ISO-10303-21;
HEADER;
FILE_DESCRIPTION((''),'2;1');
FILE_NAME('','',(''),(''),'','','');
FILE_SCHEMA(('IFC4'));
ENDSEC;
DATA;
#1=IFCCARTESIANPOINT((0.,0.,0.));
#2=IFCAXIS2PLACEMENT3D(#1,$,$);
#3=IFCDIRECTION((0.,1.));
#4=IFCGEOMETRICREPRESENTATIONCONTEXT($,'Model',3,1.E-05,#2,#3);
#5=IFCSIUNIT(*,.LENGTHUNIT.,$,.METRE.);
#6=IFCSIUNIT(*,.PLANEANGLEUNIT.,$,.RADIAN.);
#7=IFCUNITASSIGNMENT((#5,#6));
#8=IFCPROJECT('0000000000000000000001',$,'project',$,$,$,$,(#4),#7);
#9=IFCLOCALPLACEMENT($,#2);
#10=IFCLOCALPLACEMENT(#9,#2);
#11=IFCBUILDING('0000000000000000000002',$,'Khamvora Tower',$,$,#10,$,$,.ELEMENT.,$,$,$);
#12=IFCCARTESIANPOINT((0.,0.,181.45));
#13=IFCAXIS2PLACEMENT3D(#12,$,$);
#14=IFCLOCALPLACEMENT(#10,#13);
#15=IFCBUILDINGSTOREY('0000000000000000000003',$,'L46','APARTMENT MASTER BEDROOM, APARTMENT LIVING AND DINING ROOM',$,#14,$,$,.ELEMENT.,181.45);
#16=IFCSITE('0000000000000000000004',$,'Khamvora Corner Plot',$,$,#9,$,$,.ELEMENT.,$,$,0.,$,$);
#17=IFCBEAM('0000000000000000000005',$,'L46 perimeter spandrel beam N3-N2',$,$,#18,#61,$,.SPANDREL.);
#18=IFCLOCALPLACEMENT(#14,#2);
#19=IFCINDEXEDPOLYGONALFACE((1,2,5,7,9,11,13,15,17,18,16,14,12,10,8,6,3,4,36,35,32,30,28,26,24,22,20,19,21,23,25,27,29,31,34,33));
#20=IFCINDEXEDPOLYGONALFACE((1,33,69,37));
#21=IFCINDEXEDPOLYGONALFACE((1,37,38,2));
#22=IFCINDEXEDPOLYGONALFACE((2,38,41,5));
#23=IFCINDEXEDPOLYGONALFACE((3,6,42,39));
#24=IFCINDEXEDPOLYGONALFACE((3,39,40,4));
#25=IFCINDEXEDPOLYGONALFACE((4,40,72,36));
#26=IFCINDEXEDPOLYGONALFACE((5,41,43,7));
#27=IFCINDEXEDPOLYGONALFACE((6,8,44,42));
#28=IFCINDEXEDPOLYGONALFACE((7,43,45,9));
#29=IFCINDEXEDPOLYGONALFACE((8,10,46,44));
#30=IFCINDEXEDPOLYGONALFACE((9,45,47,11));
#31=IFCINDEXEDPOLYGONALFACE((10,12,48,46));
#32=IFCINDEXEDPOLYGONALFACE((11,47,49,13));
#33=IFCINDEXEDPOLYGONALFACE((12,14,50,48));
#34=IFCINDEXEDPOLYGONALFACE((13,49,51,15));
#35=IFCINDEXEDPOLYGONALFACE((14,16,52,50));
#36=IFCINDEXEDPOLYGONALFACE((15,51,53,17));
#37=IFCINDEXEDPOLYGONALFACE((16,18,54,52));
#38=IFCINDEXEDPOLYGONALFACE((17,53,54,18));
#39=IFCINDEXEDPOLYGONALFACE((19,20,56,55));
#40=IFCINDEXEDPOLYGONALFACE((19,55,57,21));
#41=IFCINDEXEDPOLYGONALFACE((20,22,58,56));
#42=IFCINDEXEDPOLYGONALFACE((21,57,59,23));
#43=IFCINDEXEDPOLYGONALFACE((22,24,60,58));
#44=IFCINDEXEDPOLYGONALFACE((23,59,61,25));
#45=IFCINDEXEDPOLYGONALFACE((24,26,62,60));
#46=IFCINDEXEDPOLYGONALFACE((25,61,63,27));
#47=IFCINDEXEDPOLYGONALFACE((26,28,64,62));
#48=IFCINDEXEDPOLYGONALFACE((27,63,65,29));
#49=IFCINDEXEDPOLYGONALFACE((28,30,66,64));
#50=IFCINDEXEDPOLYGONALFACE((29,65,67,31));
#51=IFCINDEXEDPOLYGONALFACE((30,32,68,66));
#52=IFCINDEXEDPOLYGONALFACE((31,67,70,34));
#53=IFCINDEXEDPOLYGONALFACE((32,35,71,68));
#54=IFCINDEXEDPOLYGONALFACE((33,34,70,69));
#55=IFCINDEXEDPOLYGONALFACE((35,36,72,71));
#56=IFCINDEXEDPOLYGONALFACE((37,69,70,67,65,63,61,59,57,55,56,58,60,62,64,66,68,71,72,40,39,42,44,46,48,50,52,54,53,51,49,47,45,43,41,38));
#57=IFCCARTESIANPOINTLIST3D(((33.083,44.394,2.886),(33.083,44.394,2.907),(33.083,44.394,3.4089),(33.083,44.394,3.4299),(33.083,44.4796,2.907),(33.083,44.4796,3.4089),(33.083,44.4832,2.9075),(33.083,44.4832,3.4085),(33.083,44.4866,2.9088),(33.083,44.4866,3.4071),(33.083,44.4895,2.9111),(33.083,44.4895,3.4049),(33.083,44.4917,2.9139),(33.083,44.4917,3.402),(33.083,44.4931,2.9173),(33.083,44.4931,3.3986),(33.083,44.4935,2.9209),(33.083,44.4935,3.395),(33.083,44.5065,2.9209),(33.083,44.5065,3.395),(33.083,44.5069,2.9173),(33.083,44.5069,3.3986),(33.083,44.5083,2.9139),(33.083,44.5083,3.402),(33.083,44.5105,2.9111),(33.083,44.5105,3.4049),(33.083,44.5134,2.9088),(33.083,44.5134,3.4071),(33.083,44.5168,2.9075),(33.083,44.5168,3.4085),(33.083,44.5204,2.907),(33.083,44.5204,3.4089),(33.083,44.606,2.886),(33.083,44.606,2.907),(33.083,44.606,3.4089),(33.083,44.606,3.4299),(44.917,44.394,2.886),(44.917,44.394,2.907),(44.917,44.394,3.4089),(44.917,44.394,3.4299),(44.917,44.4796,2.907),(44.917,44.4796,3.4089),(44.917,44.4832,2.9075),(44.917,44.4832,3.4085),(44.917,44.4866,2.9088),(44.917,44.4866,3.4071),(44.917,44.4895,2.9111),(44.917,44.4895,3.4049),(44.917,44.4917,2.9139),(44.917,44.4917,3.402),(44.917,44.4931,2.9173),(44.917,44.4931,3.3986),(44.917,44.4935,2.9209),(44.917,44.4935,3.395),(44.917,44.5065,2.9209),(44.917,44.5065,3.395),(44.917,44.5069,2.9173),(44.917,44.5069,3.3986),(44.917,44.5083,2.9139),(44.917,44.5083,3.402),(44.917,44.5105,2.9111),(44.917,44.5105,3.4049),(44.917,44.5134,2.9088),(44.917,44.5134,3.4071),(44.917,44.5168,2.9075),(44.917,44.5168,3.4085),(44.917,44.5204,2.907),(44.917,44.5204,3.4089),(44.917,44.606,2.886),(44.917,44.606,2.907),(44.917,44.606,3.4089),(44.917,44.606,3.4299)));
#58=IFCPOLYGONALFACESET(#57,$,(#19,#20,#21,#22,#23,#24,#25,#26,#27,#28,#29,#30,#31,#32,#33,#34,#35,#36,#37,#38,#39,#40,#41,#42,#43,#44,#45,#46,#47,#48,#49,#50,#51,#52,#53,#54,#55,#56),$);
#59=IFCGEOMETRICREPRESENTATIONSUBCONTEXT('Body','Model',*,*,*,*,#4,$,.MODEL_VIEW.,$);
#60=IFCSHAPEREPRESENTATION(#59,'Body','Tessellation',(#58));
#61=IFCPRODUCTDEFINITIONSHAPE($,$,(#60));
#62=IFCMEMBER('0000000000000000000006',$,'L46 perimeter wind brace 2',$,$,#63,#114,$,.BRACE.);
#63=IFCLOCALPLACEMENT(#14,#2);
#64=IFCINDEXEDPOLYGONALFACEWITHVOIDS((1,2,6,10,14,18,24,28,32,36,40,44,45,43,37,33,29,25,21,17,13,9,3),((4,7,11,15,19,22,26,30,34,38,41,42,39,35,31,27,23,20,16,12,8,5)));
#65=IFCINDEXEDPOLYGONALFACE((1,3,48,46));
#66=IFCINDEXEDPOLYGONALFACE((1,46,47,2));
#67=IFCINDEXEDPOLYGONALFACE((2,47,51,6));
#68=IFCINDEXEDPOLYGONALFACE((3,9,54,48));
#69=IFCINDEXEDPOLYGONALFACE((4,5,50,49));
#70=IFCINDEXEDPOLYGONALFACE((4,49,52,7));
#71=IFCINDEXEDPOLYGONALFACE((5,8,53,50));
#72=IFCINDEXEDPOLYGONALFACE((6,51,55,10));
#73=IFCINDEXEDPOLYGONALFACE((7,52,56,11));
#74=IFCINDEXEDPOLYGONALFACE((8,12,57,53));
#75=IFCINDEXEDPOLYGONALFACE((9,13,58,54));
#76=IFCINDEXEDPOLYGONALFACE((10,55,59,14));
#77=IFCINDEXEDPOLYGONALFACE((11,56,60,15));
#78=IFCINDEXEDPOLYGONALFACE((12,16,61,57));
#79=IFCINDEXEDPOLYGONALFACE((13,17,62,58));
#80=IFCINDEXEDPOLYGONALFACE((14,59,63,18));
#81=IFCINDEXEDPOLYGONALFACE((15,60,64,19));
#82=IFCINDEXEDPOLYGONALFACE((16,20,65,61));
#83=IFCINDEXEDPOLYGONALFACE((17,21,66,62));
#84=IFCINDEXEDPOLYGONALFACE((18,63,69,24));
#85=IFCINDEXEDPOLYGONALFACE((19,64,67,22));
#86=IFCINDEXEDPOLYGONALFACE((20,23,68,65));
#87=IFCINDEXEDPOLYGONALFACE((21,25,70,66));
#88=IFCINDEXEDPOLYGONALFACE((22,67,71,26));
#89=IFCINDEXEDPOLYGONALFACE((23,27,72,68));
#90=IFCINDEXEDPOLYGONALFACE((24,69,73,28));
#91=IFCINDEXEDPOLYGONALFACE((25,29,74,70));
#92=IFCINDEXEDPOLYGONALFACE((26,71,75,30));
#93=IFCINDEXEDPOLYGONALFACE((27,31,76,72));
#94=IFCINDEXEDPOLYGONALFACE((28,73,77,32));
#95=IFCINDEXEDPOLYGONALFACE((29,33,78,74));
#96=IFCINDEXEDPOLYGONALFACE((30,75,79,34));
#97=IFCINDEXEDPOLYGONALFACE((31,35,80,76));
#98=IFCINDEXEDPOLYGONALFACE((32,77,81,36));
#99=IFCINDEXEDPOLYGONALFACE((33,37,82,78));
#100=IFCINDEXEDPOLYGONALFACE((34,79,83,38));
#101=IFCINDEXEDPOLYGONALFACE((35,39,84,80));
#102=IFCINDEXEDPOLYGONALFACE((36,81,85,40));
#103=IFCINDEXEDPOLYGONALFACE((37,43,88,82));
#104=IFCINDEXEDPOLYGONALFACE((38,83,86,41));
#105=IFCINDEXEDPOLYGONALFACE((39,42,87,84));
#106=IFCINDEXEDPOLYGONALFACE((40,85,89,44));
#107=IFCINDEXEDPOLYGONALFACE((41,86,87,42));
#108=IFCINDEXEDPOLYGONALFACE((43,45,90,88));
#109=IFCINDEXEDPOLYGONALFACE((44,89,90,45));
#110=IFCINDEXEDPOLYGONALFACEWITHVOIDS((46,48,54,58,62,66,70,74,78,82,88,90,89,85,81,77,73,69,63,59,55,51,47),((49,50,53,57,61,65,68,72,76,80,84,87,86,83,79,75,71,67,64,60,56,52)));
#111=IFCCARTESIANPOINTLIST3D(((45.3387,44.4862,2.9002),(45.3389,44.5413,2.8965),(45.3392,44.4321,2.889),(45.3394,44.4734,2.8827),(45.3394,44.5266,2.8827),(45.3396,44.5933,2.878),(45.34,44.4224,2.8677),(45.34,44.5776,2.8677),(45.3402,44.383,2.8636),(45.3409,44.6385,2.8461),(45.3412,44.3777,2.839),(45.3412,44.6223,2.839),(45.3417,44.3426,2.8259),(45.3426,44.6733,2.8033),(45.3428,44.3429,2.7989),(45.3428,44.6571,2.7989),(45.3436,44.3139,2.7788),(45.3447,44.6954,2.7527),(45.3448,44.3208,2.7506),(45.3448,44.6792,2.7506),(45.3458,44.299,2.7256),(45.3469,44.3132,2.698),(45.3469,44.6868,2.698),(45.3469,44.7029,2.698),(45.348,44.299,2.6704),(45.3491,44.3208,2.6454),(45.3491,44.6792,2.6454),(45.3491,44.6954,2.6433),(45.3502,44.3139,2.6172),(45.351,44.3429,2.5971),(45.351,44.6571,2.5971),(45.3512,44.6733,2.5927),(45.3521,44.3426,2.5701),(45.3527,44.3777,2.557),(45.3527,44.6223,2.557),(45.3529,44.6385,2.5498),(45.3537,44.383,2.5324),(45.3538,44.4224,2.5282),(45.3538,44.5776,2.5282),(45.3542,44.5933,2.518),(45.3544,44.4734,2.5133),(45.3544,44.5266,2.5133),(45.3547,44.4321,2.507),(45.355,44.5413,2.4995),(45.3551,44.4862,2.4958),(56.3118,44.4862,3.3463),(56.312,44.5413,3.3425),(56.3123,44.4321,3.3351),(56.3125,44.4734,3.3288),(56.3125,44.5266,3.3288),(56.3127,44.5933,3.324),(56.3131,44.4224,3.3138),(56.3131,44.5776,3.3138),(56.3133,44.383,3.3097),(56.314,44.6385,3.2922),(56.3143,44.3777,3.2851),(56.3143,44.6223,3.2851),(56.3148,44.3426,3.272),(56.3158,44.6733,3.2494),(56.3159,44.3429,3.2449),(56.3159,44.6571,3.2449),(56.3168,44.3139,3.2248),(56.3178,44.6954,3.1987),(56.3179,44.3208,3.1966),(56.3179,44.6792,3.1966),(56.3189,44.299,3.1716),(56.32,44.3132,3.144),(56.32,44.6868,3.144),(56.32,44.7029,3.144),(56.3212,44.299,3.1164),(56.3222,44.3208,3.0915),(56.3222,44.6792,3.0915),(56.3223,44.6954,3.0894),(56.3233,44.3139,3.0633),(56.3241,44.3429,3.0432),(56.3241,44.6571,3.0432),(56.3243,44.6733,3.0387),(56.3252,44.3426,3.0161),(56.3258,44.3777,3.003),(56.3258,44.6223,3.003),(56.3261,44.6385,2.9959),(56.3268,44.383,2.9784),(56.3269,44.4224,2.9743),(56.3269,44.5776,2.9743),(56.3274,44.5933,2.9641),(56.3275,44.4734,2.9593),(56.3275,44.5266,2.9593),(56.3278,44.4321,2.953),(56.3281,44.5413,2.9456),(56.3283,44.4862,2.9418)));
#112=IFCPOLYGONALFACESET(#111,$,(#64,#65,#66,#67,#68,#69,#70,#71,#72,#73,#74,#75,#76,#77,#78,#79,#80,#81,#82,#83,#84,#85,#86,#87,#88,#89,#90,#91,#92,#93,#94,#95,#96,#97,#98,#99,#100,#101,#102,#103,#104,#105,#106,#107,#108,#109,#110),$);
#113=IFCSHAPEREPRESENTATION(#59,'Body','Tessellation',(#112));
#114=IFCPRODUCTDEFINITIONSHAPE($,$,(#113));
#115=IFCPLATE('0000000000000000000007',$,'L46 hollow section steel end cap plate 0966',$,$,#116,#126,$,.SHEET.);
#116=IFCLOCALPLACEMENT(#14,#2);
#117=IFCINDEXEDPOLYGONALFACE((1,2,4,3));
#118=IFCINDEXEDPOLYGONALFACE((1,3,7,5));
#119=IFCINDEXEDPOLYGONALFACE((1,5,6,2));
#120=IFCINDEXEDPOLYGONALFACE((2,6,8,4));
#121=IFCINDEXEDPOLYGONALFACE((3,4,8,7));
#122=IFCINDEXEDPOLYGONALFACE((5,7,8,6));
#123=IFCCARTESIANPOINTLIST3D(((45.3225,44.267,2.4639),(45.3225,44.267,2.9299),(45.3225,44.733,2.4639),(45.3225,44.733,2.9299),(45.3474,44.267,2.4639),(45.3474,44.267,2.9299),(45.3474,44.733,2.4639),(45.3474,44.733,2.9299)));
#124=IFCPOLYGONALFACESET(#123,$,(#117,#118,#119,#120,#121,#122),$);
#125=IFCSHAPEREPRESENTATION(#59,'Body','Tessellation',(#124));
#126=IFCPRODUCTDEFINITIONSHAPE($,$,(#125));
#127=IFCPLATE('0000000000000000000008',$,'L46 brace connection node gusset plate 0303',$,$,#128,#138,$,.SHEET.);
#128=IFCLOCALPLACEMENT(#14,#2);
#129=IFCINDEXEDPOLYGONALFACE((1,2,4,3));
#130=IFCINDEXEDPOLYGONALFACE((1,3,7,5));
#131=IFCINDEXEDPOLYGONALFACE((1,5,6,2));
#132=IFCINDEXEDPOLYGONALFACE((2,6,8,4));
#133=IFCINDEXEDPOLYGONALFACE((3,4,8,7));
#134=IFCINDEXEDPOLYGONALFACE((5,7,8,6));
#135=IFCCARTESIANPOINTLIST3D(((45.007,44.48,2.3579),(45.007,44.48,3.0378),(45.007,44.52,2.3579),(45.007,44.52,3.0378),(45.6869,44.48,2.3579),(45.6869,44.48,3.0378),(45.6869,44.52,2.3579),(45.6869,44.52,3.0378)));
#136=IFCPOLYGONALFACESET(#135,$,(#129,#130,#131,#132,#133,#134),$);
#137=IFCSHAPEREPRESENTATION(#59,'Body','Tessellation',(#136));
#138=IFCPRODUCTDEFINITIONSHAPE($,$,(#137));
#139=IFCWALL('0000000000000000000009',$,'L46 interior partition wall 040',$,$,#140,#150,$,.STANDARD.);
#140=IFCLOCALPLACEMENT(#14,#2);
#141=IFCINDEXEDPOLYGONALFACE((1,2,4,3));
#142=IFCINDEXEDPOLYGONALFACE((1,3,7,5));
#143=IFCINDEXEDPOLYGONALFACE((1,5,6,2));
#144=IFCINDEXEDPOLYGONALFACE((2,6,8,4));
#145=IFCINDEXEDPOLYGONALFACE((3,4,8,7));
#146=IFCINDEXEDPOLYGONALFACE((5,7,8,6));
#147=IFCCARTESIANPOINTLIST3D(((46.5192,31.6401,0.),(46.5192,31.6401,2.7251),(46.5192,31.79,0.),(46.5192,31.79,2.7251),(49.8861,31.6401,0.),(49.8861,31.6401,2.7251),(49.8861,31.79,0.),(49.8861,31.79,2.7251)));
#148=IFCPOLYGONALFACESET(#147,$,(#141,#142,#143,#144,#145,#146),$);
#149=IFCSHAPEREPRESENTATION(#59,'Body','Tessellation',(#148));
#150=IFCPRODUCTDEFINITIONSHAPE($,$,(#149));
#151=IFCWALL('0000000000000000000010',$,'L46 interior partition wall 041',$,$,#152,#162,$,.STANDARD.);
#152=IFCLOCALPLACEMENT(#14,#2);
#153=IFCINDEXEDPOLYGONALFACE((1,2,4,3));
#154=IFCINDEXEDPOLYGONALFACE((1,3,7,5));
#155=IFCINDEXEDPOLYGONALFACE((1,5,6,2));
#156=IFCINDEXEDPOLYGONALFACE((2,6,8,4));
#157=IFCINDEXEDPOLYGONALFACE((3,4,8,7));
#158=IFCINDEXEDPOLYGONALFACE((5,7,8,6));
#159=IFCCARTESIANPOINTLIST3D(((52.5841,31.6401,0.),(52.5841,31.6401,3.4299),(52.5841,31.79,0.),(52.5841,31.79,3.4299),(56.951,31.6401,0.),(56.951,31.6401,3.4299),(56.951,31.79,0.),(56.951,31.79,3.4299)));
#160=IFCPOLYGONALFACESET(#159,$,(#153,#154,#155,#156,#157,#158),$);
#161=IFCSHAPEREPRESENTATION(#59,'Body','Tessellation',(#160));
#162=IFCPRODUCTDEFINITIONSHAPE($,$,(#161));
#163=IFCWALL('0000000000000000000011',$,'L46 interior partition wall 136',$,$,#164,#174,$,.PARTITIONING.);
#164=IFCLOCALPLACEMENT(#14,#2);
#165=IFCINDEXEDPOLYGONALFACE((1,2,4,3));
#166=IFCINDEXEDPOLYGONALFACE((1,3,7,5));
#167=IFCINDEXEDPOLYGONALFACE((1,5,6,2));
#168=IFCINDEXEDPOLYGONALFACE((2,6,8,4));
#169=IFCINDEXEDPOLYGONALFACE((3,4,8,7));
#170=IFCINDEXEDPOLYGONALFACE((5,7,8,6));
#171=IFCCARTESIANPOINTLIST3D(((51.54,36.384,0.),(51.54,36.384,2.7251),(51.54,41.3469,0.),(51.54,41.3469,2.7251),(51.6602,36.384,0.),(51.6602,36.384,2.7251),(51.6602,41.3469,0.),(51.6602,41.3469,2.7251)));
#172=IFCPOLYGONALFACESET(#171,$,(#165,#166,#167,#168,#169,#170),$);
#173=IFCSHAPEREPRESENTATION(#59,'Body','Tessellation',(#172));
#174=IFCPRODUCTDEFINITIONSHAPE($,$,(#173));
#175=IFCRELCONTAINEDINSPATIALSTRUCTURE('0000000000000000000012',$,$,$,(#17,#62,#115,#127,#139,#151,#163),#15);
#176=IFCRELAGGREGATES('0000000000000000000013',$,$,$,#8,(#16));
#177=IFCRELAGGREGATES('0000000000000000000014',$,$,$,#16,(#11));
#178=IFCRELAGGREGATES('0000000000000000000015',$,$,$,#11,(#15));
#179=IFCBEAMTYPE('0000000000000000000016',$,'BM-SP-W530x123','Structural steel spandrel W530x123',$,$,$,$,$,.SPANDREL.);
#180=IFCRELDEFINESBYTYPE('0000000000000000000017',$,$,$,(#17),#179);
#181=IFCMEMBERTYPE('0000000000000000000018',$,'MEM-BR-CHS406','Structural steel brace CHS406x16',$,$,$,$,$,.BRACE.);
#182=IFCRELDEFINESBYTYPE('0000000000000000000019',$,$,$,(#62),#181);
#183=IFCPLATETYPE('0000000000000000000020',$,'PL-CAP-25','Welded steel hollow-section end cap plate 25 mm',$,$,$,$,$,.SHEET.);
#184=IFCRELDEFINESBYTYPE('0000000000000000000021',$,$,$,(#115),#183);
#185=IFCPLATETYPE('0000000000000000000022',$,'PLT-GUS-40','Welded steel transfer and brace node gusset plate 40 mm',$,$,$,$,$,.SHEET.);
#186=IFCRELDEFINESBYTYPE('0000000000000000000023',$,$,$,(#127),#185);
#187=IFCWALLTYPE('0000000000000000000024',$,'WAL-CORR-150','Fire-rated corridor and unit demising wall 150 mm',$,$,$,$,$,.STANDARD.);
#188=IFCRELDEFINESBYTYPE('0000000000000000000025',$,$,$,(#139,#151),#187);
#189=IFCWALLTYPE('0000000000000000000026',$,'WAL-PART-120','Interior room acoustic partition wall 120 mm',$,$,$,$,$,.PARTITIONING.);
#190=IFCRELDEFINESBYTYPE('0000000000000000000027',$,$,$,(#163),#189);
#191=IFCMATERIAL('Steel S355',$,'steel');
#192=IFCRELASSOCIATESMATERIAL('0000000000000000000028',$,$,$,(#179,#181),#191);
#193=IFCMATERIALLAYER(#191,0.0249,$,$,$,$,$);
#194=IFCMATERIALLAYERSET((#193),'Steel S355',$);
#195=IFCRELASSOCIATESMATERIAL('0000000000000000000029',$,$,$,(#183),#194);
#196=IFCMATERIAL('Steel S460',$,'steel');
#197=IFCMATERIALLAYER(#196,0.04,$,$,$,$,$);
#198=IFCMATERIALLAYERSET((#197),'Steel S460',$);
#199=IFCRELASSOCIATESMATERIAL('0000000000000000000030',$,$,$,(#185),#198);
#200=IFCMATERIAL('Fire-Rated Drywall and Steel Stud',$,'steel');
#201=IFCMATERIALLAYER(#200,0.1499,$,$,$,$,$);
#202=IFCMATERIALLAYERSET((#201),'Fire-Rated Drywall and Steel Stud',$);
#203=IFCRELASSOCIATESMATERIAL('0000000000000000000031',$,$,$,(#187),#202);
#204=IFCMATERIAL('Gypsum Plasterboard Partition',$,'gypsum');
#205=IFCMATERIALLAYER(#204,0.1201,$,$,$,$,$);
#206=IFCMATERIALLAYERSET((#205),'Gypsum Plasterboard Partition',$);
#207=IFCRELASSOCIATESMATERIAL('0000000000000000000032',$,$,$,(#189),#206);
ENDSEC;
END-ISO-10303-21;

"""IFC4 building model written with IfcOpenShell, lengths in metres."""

from ifc_helpers import new_model, si_unit, direction, frame, frame_2d, origin, origin_2d, place, context, subcontext, project, spatial, rectangle, hollow_circle, i_section, extrude, material, layer, layer_set, material_profile, profile_set, type_object, element, save


model = new_model("IFC4")

# Units and contexts
model_context = context("Model", 3, precision=1e-05, world=origin(), true_north=direction((0.0, 1.0)))
body_context = subcontext(model_context, "Body", "Model", "MODEL_VIEW")
ifc_project = project(units=[si_unit("LENGTHUNIT", "METRE"), si_unit("PLANEANGLEUNIT", "RADIAN")], contexts=[model_context])

# Site, building, storey
site_placement = place(None, origin())
site = spatial("IfcSite", under=ifc_project, at=site_placement, Name="Khamvora Corner Plot", CompositionType="ELEMENT", RefElevation=0.0)
building_placement = place(site_placement, origin())
building = spatial("IfcBuilding", under=site, at=building_placement, Name="Khamvora Tower", CompositionType="ELEMENT")
storey_placement = place(building_placement, frame((0.0, 0.0, 181.45)))
storey = spatial("IfcBuildingStorey", under=building, at=storey_placement, Name="L46", Description="APARTMENT MASTER BEDROOM, APARTMENT LIVING AND DINING ROOM", CompositionType="ELEMENT", Elevation=181.45)

# Shared definitions
ifc_material_1 = material(Name="Steel S355", Category="steel")

# Beam
ifc_material_profile_1 = material_profile(ifc_material_1, i_section(OverallWidth=0.2119, OverallDepth=0.5439, WebThickness=0.0129, FlangeThickness=0.021, FilletRadius=0.0139, at=origin_2d()), Name="W530x123")
ifc_profile_set_1 = profile_set([ifc_material_profile_1], Name="Steel S355")
beam_type_1 = type_object("IfcBeamType", Name="BM-SP-W530x123", Description="Structural steel spandrel W530x123", PredefinedType="SPANDREL", material=ifc_profile_set_1)
beam_1_placement = place(storey_placement, frame((44.917, 44.5, 3.158), z_axis=(-1.0, 0.0, 0.0), x_axis=(0.0, -1.0, 0.0)))
element("IfcBeam", 1, at=beam_1_placement, inside=storey, type_object=beam_type_1, Name="L46 perimeter spandrel beam N3-N2", PredefinedType="SPANDREL", context=body_context, shape_type="SweptSolid", body=[
    extrude(i_section(OverallWidth=0.2119, OverallDepth=0.5439, WebThickness=0.0129, FlangeThickness=0.021, FilletRadius=0.0139, at=origin_2d()), origin(), (0.0, 0.0, 1.0), 11.834),
])

# Member
ifc_material_profile_2 = material_profile(ifc_material_1, hollow_circle(Radius=0.2029, WallThickness=0.0161, at=origin_2d()), Name="CHS406x16")
ifc_profile_set_2 = profile_set([ifc_material_profile_2], Name="Steel S355")
member_type = type_object("IfcMemberType", Name="MEM-BR-CHS406", Description="Structural steel brace CHS406x16", PredefinedType="BRACE", material=ifc_profile_set_2)
member_placement = place(storey_placement, frame((45.3469, 44.5, 2.698), z_axis=(0.999175, 0.0, 0.040615), x_axis=(0.0, 1.0, 0.0)))
element("IfcMember", 2, at=member_placement, inside=storey, type_object=member_type, Name="L46 perimeter wind brace 2", PredefinedType="BRACE", context=body_context, shape_type="SweptSolid", body=[
    extrude(hollow_circle(Radius=0.2029, WallThickness=0.0161, at=origin_2d()), origin(), (0.0, 0.0, 1.0), 10.9822),
])

# Plates
ifc_layer_1 = layer(ifc_material_1, 0.0249)
ifc_layer_set_1 = layer_set([ifc_layer_1], Name="Steel S355")
plate_type_1 = type_object("IfcPlateType", Name="PL-CAP-25", Description="Welded steel hollow-section end cap plate 25 mm", PredefinedType="SHEET", material=ifc_layer_set_1)
plate_1_placement = place(storey_placement, frame((45.335, 44.5, 2.4639), z_axis=(0.0, 0.0, 1.0), x_axis=(1.0, 0.0, 0.0)))
element("IfcPlate", 3, at=plate_1_placement, inside=storey, type_object=plate_type_1, Name="L46 hollow section steel end cap plate 0966", PredefinedType="SHEET", context=body_context, shape_type="SweptSolid", body=[
    extrude(rectangle(XDim=0.0249, YDim=0.4661, at=origin_2d()), origin(), (0.0, 0.0, 1.0), 0.4661),
])
ifc_material_2 = material(Name="Steel S460", Category="steel")
ifc_layer_2 = layer(ifc_material_2, 0.04)
ifc_layer_set_2 = layer_set([ifc_layer_2], Name="Steel S460")
plate_type_2 = type_object("IfcPlateType", Name="PLT-GUS-40", Description="Welded steel transfer and brace node gusset plate 40 mm", PredefinedType="SHEET", material=ifc_layer_set_2)
plate_2_placement = place(storey_placement, frame((45.3469, 44.5, 2.3579), z_axis=(0.0, 0.0, 1.0), x_axis=(1.0, 0.0, 0.0)))
element("IfcPlate", 4, at=plate_2_placement, inside=storey, type_object=plate_type_2, Name="L46 brace connection node gusset plate 0303", PredefinedType="SHEET", context=body_context, shape_type="SweptSolid", body=[
    extrude(rectangle(XDim=0.6799, YDim=0.04, at=origin_2d()), origin(), (0.0, 0.0, 1.0), 0.6799),
])

# Shared definitions
ifc_material_3 = material(Name="Fire-Rated Drywall and Steel Stud", Category="steel")
ifc_layer_3 = layer(ifc_material_3, 0.1499)
ifc_layer_set_3 = layer_set([ifc_layer_3], Name="Fire-Rated Drywall and Steel Stud")
wall_type_1 = type_object("IfcWallType", Name="WAL-CORR-150", Description="Fire-rated corridor and unit demising wall 150 mm", PredefinedType="STANDARD", material=ifc_layer_set_3)

# Walls
wall_1_placement = place(storey_placement, frame((46.519, 31.7151, 0.0), z_axis=(0.0, 0.0, 1.0), x_axis=(1.0, 0.0, 0.0)))
element("IfcWall", 5, at=wall_1_placement, inside=storey, type_object=wall_type_1, Name="L46 interior partition wall 040", PredefinedType="STANDARD", context=body_context, shape_type="SweptSolid", body=[
    extrude(rectangle(XDim=3.3669, YDim=0.1499, at=frame_2d((1.6836, 0.0))), origin(), (0.0, 0.0, 1.0), 2.7251),
])
wall_2_placement = place(storey_placement, frame((52.584, 31.7151, 0.0), z_axis=(0.0, 0.0, 1.0), x_axis=(1.0, 0.0, 0.0)))
element("IfcWall", 6, at=wall_2_placement, inside=storey, type_object=wall_type_1, Name="L46 interior partition wall 041", PredefinedType="STANDARD", context=body_context, shape_type="SweptSolid", body=[
    extrude(rectangle(XDim=4.3669, YDim=0.1499, at=frame_2d((2.1836, 0.0))), origin(), (0.0, 0.0, 1.0), 3.4299),
])
ifc_material_4 = material(Name="Gypsum Plasterboard Partition", Category="gypsum")
ifc_layer_4 = layer(ifc_material_4, 0.1201)
ifc_layer_set_4 = layer_set([ifc_layer_4], Name="Gypsum Plasterboard Partition")
wall_type_2 = type_object("IfcWallType", Name="WAL-PART-120", Description="Interior room acoustic partition wall 120 mm", PredefinedType="PARTITIONING", material=ifc_layer_set_4)
wall_3_placement = place(storey_placement, frame((51.6001, 36.384, 0.0), z_axis=(0.0, 0.0, 1.0), x_axis=(0.0, 1.0, 0.0)))
element("IfcWall", 7, at=wall_3_placement, inside=storey, type_object=wall_type_2, Name="L46 interior partition wall 136", PredefinedType="PARTITIONING", context=body_context, shape_type="SweptSolid", body=[
    extrude(rectangle(XDim=4.9629, YDim=0.1201, at=frame_2d((2.4814, 0.0))), origin(), (0.0, 0.0, 1.0), 2.7251),
])

save(model, "model.ifc")
